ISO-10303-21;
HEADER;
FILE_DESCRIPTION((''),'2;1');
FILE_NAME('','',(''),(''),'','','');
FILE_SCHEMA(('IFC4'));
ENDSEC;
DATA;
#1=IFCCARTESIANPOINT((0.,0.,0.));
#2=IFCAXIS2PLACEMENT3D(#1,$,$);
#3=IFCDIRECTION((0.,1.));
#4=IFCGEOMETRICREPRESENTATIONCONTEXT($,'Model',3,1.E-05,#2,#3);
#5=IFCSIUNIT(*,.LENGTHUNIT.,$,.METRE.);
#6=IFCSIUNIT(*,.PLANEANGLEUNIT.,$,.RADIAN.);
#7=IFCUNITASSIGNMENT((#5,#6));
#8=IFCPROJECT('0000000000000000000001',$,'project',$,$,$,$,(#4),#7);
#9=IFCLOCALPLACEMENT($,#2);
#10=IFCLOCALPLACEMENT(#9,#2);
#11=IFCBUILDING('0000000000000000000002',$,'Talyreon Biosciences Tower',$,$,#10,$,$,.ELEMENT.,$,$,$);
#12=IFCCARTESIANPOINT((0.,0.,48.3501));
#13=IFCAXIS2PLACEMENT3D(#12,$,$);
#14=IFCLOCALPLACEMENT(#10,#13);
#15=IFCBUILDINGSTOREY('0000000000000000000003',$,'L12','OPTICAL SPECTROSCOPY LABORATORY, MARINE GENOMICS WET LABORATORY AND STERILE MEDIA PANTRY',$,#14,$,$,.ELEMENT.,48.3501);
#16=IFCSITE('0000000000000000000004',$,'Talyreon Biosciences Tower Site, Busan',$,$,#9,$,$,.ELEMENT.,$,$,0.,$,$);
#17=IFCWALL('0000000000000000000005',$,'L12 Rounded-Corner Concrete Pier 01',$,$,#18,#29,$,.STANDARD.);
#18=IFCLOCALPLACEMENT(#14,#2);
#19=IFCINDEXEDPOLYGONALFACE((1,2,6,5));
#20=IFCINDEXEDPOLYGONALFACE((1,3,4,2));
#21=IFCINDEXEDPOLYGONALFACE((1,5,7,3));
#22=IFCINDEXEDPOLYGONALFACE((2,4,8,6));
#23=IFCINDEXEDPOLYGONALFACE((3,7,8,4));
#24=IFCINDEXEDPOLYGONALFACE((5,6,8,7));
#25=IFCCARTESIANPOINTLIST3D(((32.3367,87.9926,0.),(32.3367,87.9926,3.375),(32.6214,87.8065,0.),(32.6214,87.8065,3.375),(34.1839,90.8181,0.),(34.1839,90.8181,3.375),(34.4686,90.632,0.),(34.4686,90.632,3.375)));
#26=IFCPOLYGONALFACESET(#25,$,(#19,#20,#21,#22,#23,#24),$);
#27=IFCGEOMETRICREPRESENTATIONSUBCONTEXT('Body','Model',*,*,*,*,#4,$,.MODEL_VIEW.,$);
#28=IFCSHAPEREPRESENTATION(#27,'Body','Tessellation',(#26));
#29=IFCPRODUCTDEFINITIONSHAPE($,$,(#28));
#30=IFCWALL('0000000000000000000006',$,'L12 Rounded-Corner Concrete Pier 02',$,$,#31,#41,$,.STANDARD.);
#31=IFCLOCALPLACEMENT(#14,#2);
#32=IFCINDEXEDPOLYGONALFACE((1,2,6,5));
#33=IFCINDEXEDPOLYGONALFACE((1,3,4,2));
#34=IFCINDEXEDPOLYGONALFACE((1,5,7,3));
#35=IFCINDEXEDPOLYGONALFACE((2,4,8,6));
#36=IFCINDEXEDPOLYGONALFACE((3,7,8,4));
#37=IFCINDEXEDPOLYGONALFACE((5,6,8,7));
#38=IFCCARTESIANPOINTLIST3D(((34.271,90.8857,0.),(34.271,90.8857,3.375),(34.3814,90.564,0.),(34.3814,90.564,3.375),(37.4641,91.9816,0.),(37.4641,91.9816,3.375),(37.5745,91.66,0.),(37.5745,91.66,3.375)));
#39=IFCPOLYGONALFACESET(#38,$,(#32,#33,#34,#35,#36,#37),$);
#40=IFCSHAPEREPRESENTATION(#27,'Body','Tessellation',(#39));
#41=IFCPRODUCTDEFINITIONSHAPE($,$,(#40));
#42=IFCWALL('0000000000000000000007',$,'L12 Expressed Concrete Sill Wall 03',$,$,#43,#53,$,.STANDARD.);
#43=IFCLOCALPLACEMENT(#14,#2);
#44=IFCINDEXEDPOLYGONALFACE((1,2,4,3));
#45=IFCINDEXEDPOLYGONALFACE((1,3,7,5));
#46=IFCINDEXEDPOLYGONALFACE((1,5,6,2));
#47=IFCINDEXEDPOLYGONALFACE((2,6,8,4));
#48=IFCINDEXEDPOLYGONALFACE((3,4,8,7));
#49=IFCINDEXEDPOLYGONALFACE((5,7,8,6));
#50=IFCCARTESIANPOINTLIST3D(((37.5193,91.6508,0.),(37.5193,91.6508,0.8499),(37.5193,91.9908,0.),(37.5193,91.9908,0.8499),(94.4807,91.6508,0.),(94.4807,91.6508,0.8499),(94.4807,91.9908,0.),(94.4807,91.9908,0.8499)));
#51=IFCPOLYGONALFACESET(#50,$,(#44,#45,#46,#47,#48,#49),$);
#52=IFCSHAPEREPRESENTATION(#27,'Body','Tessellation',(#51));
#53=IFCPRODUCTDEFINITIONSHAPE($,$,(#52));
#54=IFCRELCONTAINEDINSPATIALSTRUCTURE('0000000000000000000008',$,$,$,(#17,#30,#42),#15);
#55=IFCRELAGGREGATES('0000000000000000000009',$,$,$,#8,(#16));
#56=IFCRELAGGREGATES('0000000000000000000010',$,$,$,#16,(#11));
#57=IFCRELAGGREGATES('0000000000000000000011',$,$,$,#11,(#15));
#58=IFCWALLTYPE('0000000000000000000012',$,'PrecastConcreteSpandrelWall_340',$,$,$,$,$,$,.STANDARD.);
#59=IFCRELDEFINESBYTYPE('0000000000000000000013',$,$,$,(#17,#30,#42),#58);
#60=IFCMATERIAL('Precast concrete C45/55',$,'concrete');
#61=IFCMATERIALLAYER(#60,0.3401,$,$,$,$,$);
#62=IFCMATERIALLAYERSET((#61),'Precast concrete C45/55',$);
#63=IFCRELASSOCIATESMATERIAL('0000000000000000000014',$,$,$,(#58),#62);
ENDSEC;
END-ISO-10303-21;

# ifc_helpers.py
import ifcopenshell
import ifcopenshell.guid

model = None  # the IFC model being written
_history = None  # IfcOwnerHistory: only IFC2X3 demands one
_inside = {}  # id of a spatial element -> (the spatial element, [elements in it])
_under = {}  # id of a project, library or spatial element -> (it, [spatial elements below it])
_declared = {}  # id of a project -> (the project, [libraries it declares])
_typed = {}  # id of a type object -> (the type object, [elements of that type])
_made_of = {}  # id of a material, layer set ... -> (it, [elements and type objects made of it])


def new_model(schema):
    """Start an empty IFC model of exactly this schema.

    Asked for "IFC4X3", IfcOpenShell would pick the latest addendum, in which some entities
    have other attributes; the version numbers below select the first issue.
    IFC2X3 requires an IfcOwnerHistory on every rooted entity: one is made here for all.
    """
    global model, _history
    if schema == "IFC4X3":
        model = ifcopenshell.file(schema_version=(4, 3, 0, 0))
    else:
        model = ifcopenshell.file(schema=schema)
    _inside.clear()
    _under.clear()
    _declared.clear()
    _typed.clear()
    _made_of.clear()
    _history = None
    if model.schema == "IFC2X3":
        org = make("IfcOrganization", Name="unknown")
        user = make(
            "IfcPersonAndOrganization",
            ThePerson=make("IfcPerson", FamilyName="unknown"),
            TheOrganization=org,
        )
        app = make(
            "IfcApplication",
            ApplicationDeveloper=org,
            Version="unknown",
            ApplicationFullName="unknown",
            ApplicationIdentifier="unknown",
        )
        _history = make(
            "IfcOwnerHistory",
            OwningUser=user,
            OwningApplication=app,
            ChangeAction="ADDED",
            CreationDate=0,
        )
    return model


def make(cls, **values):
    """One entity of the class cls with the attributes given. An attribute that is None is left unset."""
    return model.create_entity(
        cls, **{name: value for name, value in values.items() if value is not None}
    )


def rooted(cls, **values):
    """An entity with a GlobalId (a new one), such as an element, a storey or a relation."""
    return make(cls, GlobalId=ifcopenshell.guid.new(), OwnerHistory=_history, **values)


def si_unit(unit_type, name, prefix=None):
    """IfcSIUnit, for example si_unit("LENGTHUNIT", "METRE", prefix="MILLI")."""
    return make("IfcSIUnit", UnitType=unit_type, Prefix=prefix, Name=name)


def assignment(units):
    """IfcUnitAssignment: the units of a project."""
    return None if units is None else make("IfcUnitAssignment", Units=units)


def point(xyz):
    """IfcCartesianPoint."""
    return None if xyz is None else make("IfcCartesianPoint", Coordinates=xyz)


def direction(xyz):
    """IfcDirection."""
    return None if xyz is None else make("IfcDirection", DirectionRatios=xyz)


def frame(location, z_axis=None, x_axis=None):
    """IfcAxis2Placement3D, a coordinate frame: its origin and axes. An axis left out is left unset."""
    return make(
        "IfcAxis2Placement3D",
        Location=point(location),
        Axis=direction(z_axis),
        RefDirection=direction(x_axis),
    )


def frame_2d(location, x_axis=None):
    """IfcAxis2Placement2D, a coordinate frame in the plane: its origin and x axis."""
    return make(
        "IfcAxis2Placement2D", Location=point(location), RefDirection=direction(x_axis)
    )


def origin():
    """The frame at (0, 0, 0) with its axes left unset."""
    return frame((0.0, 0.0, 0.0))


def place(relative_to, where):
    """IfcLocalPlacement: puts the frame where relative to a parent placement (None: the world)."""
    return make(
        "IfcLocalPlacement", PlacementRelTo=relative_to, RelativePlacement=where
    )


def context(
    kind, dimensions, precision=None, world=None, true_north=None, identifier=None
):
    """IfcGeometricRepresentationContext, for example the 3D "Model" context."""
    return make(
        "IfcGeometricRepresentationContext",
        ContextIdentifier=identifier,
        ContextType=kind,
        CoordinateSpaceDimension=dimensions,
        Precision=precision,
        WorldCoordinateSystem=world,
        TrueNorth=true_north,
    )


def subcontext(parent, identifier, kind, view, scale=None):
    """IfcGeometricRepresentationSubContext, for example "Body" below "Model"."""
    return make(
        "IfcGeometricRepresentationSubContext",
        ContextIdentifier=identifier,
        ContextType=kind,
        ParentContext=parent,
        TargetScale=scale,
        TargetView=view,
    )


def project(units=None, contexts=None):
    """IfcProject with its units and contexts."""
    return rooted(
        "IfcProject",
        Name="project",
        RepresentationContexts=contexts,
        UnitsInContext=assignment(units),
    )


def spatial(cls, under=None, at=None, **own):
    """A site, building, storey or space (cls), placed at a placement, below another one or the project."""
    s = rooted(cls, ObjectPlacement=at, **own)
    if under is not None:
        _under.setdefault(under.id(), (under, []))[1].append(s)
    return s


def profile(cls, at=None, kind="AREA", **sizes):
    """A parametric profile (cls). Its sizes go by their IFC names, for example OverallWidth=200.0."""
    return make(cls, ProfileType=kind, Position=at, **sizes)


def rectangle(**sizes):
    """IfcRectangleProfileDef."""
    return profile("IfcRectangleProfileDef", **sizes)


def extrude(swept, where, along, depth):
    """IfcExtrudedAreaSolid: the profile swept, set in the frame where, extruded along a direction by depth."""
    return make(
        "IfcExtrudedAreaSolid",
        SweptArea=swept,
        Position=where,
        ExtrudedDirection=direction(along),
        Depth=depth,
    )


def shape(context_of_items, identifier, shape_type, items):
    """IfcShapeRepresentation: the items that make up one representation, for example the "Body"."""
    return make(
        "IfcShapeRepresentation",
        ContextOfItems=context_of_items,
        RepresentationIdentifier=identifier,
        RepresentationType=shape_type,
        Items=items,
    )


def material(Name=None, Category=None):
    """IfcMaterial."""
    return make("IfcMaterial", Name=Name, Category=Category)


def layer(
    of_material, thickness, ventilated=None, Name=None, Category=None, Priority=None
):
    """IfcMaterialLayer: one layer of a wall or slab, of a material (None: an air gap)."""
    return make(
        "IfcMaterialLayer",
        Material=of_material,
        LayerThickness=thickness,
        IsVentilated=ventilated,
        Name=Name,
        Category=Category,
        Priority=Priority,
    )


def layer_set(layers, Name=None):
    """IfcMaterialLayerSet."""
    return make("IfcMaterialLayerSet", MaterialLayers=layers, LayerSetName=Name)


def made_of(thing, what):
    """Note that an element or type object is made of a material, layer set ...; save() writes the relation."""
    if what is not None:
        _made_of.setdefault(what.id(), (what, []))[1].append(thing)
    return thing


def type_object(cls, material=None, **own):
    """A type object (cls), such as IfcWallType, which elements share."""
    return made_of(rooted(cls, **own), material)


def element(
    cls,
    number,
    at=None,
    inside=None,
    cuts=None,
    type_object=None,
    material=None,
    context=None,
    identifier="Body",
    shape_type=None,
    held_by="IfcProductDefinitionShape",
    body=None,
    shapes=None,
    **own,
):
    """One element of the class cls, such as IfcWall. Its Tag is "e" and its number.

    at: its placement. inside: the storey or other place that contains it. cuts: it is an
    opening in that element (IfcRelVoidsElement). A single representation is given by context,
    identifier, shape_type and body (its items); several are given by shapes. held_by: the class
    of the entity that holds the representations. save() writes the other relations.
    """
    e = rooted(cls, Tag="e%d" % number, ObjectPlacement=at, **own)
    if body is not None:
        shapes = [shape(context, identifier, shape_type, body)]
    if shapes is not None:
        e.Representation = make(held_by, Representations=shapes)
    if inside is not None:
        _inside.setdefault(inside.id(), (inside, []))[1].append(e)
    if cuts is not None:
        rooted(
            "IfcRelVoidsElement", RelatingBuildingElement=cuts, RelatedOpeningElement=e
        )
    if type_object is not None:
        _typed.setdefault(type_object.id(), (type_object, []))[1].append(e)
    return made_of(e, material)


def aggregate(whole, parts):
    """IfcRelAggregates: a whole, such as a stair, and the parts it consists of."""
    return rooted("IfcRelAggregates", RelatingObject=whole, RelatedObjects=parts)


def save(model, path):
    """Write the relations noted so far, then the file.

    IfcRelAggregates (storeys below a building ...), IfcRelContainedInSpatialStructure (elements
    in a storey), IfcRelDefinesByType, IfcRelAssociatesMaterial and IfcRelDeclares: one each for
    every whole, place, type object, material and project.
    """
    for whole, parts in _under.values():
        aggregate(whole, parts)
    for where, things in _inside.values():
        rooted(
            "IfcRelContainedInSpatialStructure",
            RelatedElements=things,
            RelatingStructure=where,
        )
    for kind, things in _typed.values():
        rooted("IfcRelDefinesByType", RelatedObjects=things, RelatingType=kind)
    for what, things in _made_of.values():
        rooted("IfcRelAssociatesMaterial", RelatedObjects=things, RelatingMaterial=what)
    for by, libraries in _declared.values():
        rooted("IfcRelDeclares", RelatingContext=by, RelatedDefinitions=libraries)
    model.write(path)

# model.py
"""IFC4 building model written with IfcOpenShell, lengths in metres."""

from ifc_helpers import new_model, si_unit, direction, frame, frame_2d, origin, place, context, subcontext, project, spatial, rectangle, extrude, material, layer, layer_set, type_object, element, save


model = new_model("IFC4")

# Units and contexts
model_context = context("Model", 3, precision=1e-05, world=origin(), true_north=direction((0.0, 1.0)))
body_context = subcontext(model_context, "Body", "Model", "MODEL_VIEW")
ifc_project = project(units=[si_unit("LENGTHUNIT", "METRE"), si_unit("PLANEANGLEUNIT", "RADIAN")], contexts=[model_context])

# Site, building, storey
site_placement = place(None, origin())
site = spatial("IfcSite", under=ifc_project, at=site_placement, Name="Talyreon Biosciences Tower Site, Busan", CompositionType="ELEMENT", RefElevation=0.0)
building_placement = place(site_placement, origin())
building = spatial("IfcBuilding", under=site, at=building_placement, Name="Talyreon Biosciences Tower", CompositionType="ELEMENT")
storey_placement = place(building_placement, frame((0.0, 0.0, 48.3501)))
storey = spatial("IfcBuildingStorey", under=building, at=storey_placement, Name="L12", Description="OPTICAL SPECTROSCOPY LABORATORY, MARINE GENOMICS WET LABORATORY AND STERILE MEDIA PANTRY", CompositionType="ELEMENT", Elevation=48.3501)

# Shared definitions
ifc_material_1 = material(Name="Precast concrete C45/55", Category="concrete")

# Walls
ifc_layer_1 = layer(ifc_material_1, 0.3401)
ifc_layer_set_1 = layer_set([ifc_layer_1], Name="Precast concrete C45/55")
wall_type_1 = type_object("IfcWallType", Name="PrecastConcreteSpandrelWall_340", PredefinedType="STANDARD", material=ifc_layer_set_1)
wall_1_placement = place(storey_placement, frame((32.479, 87.8994, 0.0), z_axis=(0.0, 0.0, 1.0), x_axis=(0.547201, 0.837001, 0.0)))
element("IfcWall", 1, at=wall_1_placement, inside=storey, type_object=wall_type_1, Name="L12 Rounded-Corner Concrete Pier 01", PredefinedType="STANDARD", context=body_context, shape_type="SweptSolid", body=[
    extrude(rectangle(XDim=3.3757, YDim=0.3401, at=frame_2d((1.688, 0.0))), origin(), (0.0, 0.0, 1.0), 3.375),
])
wall_2_placement = place(storey_placement, frame((34.3262, 90.7249, 0.0), z_axis=(0.0, 0.0, 1.0), x_axis=(0.94584, 0.324633, 0.0)))
element("IfcWall", 2, at=wall_2_placement, inside=storey, type_object=wall_type_1, Name="L12 Rounded-Corner Concrete Pier 02", PredefinedType="STANDARD", context=body_context, shape_type="SweptSolid", body=[
    extrude(rectangle(XDim=3.376, YDim=0.3401, at=frame_2d((1.688, 0.0))), origin(), (0.0, 0.0, 1.0), 3.375),
])
wall_3_placement = place(storey_placement, frame((37.5193, 91.8208, 0.0), z_axis=(0.0, 0.0, 1.0), x_axis=(1.0, 0.0, 0.0)))
element("IfcWall", 3, at=wall_3_placement, inside=storey, type_object=wall_type_1, Name="L12 Expressed Concrete Sill Wall 03", PredefinedType="STANDARD", context=body_context, shape_type="SweptSolid", body=[
    extrude(rectangle(XDim=56.9614, YDim=0.3401, at=frame_2d((28.4807, 0.0))), origin(), (0.0, 0.0, 1.0), 0.8499),
])

save(model, "model.ifc")
